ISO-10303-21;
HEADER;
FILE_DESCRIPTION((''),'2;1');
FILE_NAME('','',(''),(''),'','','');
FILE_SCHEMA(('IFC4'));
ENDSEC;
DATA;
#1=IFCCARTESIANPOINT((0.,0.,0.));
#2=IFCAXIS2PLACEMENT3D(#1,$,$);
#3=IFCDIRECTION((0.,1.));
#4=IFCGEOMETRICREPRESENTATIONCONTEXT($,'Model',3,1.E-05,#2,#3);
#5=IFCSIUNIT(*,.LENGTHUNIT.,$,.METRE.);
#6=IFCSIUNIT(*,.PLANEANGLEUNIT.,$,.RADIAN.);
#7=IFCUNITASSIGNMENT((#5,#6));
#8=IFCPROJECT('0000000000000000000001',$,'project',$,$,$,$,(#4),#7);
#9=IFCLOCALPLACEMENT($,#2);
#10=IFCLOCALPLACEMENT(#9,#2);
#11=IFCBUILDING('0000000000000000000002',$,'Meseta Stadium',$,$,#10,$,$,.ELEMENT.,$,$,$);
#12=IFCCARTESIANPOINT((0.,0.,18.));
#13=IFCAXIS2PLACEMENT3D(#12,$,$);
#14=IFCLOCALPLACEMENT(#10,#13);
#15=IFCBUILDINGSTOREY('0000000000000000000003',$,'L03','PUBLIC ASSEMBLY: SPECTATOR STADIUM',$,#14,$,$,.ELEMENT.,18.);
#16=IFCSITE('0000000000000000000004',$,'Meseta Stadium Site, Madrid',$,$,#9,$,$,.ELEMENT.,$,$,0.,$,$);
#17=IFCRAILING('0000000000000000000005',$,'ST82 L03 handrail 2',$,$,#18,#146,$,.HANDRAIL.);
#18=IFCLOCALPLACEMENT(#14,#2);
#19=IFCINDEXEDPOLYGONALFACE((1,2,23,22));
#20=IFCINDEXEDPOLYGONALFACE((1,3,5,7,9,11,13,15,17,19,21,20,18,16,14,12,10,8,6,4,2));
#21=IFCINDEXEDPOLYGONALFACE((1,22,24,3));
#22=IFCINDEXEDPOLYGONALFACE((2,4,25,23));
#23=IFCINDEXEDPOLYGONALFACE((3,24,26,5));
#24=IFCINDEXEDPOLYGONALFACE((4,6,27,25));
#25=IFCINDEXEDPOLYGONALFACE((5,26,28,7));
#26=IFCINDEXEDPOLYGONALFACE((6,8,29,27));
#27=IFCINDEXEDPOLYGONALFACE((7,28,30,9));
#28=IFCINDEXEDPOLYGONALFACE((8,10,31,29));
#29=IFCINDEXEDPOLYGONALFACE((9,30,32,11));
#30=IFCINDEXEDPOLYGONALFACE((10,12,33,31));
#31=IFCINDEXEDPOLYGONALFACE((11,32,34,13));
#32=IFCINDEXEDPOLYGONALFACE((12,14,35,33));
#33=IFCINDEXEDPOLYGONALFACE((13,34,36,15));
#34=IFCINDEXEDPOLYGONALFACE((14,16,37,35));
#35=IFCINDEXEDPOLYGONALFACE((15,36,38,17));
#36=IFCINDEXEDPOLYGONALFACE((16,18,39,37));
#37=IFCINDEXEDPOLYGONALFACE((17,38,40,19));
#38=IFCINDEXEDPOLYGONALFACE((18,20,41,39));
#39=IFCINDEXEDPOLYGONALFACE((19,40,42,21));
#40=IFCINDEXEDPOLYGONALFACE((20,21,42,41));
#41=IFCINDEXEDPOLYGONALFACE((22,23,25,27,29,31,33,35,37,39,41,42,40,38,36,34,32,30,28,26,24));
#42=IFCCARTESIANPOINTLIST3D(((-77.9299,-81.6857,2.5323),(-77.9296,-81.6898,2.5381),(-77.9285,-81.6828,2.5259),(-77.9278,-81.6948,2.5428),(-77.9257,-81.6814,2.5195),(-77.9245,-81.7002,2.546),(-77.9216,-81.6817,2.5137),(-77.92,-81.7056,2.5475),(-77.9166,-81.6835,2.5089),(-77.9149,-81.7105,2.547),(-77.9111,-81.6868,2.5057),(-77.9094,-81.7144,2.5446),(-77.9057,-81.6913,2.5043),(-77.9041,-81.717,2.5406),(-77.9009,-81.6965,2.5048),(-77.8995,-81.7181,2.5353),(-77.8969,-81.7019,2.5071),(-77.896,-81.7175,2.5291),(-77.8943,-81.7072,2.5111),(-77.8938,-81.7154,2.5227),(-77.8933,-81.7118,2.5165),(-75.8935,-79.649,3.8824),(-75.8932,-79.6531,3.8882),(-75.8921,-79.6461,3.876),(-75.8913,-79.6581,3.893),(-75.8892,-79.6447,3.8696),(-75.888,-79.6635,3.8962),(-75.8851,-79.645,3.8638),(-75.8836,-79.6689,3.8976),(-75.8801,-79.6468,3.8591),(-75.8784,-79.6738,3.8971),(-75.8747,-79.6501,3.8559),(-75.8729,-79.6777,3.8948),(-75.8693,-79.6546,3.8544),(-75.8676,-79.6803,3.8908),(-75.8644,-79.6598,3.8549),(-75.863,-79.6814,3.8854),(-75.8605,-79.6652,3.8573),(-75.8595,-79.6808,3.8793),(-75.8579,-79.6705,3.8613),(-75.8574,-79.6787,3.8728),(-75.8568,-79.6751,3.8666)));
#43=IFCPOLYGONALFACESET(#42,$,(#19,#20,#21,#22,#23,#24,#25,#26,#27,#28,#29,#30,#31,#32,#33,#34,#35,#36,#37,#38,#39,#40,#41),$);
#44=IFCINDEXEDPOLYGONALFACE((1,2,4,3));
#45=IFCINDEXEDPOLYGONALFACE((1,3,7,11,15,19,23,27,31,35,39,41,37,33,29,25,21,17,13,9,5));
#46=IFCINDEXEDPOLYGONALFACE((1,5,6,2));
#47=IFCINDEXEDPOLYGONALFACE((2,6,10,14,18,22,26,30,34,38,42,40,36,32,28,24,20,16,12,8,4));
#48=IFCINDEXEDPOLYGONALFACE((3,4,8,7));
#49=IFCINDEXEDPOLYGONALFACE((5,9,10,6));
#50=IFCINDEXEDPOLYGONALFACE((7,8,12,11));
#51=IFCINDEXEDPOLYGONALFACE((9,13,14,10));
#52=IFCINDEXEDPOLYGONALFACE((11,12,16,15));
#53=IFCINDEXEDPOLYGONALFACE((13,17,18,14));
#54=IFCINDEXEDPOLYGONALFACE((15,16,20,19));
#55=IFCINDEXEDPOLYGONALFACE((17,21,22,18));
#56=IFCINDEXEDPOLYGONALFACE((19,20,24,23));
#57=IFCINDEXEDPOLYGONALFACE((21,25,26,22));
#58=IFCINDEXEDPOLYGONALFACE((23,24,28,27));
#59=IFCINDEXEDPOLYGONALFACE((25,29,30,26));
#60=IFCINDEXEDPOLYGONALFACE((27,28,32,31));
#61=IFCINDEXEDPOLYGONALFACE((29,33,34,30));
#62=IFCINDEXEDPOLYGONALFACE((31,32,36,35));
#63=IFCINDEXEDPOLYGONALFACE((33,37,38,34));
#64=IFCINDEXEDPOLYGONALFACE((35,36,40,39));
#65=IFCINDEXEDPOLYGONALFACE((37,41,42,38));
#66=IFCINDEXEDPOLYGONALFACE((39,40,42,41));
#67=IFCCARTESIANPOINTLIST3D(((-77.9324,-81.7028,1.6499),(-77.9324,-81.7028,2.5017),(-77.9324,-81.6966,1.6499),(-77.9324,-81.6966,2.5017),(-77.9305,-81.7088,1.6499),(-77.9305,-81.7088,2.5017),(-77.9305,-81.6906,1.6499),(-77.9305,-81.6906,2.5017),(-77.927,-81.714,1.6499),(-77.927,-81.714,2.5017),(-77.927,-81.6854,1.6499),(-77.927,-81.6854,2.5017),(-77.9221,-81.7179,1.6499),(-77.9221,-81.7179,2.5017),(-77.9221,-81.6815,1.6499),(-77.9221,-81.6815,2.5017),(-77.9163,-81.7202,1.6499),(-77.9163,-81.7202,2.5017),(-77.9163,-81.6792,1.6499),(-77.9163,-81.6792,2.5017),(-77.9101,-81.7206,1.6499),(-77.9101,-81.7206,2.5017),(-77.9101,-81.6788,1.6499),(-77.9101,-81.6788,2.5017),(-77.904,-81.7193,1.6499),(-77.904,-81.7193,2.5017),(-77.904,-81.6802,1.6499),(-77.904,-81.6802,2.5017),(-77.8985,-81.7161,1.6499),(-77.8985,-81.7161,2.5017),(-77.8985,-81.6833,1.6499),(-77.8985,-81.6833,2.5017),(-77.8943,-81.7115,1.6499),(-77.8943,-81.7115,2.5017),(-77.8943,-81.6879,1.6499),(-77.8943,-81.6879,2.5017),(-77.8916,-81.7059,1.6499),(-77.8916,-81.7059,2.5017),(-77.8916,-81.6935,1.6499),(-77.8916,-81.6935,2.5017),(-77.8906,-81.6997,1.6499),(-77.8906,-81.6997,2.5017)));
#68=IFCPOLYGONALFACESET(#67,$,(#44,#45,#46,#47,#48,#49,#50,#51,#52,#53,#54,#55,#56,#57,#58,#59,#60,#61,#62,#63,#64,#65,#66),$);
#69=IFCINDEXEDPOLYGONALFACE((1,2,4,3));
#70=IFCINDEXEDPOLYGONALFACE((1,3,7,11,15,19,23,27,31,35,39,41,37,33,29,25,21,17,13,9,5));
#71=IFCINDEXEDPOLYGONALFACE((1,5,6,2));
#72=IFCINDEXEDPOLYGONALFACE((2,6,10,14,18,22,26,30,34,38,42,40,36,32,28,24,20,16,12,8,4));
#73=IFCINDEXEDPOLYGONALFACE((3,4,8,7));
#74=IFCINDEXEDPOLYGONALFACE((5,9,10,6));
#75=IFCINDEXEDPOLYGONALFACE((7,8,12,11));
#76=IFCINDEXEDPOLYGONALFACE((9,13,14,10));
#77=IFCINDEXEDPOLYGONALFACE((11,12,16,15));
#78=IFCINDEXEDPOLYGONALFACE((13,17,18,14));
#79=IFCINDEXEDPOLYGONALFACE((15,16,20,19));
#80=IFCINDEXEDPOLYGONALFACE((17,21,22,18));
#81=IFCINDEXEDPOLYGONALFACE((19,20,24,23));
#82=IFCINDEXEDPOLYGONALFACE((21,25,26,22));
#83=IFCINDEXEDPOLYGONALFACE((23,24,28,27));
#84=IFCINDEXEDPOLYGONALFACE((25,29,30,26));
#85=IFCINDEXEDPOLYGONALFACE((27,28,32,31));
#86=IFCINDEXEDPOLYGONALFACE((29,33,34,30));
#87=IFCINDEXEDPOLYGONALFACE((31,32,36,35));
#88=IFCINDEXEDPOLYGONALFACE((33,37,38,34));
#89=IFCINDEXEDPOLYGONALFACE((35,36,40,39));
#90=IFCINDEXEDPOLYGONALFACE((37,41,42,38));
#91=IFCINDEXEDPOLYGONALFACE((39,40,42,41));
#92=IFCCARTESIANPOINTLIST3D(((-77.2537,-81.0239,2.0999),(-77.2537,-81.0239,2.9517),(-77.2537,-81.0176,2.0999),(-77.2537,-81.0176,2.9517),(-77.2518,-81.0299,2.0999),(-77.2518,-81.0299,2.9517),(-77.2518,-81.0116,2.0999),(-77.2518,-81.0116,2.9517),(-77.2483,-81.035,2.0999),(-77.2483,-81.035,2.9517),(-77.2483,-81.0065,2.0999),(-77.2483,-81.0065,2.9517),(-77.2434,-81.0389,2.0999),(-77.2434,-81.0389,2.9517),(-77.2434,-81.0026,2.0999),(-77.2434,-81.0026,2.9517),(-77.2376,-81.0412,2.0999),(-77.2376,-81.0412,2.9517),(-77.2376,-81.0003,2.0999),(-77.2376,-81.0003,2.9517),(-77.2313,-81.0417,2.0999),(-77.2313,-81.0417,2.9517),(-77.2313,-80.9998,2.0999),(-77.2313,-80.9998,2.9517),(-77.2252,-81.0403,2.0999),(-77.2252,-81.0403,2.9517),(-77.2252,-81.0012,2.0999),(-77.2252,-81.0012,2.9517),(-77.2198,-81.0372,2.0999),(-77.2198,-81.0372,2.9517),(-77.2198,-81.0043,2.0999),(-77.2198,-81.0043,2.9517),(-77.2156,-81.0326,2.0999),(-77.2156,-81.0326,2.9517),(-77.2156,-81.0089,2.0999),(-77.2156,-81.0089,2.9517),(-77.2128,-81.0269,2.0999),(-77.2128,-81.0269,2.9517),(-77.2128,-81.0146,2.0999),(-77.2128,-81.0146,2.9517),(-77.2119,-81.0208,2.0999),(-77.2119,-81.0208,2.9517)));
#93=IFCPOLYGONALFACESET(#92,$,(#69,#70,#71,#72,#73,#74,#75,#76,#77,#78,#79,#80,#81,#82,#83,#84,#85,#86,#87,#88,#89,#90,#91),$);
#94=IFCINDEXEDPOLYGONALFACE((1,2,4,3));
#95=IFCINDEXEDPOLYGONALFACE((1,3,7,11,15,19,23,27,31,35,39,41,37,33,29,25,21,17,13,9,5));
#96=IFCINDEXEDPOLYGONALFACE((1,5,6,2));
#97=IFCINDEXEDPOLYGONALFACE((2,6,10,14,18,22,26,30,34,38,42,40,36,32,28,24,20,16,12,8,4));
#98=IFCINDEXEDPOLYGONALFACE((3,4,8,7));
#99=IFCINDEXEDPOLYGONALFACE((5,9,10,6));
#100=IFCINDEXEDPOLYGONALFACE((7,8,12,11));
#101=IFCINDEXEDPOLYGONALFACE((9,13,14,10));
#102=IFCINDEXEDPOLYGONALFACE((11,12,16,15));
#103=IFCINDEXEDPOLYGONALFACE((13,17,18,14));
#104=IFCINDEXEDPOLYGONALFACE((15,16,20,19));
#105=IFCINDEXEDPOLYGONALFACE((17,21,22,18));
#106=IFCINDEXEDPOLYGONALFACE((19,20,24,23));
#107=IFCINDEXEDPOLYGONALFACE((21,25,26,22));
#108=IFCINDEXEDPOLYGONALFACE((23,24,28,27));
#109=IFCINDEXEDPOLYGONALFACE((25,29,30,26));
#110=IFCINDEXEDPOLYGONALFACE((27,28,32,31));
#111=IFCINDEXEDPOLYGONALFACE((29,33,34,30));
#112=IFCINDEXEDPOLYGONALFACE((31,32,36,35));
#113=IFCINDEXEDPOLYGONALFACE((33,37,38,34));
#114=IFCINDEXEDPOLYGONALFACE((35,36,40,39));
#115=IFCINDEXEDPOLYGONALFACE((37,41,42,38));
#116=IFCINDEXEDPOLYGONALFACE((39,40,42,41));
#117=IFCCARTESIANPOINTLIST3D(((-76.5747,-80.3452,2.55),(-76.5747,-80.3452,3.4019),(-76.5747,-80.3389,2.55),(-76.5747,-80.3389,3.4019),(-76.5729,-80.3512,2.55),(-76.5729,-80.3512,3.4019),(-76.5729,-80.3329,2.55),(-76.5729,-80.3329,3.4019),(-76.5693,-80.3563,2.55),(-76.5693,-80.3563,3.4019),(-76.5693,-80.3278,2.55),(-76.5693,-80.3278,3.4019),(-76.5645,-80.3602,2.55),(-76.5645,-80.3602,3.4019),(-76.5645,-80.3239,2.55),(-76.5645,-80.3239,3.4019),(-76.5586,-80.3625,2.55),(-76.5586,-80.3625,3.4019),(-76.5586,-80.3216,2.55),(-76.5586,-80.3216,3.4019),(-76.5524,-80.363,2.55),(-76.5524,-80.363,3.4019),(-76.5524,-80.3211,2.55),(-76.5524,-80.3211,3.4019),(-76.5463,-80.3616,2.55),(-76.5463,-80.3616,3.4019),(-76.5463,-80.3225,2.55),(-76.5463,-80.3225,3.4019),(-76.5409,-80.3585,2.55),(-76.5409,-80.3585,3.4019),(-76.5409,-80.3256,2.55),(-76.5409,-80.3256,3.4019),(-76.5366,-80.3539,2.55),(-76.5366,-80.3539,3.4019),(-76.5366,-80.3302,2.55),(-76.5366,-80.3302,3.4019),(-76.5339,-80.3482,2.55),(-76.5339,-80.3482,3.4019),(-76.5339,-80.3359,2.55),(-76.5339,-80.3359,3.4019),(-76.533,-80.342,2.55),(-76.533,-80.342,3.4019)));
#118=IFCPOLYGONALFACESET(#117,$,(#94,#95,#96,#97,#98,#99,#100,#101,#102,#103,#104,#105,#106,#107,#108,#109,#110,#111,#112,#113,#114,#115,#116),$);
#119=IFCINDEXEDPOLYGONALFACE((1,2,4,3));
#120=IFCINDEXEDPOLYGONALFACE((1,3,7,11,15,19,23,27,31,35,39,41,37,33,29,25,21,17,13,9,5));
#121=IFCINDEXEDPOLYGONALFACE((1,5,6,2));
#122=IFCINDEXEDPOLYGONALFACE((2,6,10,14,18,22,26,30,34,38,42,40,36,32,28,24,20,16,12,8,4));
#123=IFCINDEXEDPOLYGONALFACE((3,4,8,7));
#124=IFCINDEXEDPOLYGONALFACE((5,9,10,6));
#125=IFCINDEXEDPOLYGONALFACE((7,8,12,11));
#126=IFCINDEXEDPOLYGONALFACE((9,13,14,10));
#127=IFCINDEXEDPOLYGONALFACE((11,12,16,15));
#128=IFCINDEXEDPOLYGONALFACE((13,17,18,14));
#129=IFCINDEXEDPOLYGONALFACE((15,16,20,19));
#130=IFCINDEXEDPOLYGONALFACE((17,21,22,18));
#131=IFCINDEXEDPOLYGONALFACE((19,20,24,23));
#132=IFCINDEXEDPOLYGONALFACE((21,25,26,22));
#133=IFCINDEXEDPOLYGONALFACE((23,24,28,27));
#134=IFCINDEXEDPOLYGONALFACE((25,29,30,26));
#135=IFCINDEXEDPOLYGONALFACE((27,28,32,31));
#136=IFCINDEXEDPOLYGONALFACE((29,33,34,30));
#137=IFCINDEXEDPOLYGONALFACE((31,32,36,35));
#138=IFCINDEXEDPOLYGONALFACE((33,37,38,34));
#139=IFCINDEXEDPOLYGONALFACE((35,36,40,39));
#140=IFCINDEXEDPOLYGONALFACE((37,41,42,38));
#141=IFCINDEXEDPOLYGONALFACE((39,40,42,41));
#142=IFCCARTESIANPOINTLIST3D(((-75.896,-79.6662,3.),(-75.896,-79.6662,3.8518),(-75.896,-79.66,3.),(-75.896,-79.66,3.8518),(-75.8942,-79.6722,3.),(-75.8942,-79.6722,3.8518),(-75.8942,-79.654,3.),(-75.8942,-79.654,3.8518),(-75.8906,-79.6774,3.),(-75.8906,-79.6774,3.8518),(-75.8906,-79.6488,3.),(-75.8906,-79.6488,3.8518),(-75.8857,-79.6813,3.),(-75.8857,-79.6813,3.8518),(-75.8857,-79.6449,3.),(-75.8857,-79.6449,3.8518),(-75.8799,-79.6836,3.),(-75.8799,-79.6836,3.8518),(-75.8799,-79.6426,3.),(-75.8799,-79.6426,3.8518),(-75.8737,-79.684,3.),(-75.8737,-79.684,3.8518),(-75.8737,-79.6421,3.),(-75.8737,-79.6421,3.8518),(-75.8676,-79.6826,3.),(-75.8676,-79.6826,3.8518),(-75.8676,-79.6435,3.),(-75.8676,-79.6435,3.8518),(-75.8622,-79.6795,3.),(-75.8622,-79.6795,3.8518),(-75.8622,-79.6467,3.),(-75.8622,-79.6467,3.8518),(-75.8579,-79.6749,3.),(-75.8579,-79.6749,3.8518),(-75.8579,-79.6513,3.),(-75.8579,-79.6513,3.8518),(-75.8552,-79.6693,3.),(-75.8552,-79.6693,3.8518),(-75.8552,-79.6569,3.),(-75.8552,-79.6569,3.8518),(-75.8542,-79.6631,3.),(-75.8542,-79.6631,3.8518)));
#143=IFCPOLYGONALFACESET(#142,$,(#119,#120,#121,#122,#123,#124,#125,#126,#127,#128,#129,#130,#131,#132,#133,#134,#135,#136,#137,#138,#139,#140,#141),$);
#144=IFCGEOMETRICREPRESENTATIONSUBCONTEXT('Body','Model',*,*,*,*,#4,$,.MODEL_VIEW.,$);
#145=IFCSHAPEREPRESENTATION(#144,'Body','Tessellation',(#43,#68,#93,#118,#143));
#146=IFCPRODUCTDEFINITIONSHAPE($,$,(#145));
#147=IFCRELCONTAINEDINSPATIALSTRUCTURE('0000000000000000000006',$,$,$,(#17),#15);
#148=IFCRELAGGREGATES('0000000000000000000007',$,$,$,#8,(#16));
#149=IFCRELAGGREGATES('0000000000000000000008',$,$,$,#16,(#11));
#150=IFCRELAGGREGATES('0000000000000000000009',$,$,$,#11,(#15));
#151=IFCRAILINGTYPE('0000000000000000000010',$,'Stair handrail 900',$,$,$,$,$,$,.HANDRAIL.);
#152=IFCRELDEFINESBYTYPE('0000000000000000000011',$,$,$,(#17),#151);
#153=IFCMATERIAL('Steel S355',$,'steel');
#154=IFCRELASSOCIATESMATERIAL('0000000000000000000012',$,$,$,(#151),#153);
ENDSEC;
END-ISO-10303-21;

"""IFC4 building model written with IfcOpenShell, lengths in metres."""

from ifc_helpers import new_model, si_unit, direction, frame, origin, origin_2d, place, context, subcontext, project, spatial, circle, extrude, material, type_object, element, save


model = new_model("IFC4")

# Units and contexts
model_context = context("Model", 3, precision=1e-05, world=origin(), true_north=direction((0.0, 1.0)))
body_context = subcontext(model_context, "Body", "Model", "MODEL_VIEW")
ifc_project = project(units=[si_unit("LENGTHUNIT", "METRE"), si_unit("PLANEANGLEUNIT", "RADIAN")], contexts=[model_context])

# Site, building, storey
site_placement = place(None, origin())
site = spatial("IfcSite", under=ifc_project, at=site_placement, Name="Meseta Stadium Site, Madrid", CompositionType="ELEMENT", RefElevation=0.0)
building_placement = place(site_placement, origin())
building = spatial("IfcBuilding", under=site, at=building_placement, Name="Meseta Stadium", CompositionType="ELEMENT")
storey_placement = place(building_placement, frame((0.0, 0.0, 18.0)))
storey = spatial("IfcBuildingStorey", under=building, at=storey_placement, Name="L03", Description="PUBLIC ASSEMBLY: SPECTATOR STADIUM", CompositionType="ELEMENT", Elevation=18.0)

# Railing
ifc_material_1 = material(Name="Steel S355", Category="steel")
railing_type_1 = type_object("IfcRailingType", Name="Stair handrail 900", PredefinedType="HANDRAIL", material=ifc_material_1)
railing_1_placement = place(storey_placement, frame((-77.9116, -81.6997, 1.6499)))
element("IfcRailing", 1, at=railing_1_placement, inside=storey, type_object=railing_type_1, Name="ST82 L03 handrail 2", PredefinedType="HANDRAIL", context=body_context, shape_type="SweptSolid", body=[
    extrude(circle(Radius=0.0239, at=origin_2d()), frame((0.0, 0.0, 0.876), z_axis=(0.640211, 0.640288, 0.424454), x_axis=(-0.707149, 0.707064, 0.0)), (0.0, 0.0, 1.0), 3.1809),
    extrude(circle(Radius=0.021, at=origin_2d()), origin(), (0.0, 0.0, 1.0), 0.8518),
    extrude(circle(Radius=0.021, at=origin_2d()), frame((0.6787, 0.679, 0.45)), (0.0, 0.0, 1.0), 0.8518),
    extrude(circle(Radius=0.021, at=origin_2d()), frame((1.3577, 1.3577, 0.9001)), (0.0, 0.0, 1.0), 0.8518),
    extrude(circle(Radius=0.021, at=origin_2d()), frame((2.0364, 2.0366, 1.3501)), (0.0, 0.0, 1.0), 0.8518),
])

save(model, "model.ifc")
